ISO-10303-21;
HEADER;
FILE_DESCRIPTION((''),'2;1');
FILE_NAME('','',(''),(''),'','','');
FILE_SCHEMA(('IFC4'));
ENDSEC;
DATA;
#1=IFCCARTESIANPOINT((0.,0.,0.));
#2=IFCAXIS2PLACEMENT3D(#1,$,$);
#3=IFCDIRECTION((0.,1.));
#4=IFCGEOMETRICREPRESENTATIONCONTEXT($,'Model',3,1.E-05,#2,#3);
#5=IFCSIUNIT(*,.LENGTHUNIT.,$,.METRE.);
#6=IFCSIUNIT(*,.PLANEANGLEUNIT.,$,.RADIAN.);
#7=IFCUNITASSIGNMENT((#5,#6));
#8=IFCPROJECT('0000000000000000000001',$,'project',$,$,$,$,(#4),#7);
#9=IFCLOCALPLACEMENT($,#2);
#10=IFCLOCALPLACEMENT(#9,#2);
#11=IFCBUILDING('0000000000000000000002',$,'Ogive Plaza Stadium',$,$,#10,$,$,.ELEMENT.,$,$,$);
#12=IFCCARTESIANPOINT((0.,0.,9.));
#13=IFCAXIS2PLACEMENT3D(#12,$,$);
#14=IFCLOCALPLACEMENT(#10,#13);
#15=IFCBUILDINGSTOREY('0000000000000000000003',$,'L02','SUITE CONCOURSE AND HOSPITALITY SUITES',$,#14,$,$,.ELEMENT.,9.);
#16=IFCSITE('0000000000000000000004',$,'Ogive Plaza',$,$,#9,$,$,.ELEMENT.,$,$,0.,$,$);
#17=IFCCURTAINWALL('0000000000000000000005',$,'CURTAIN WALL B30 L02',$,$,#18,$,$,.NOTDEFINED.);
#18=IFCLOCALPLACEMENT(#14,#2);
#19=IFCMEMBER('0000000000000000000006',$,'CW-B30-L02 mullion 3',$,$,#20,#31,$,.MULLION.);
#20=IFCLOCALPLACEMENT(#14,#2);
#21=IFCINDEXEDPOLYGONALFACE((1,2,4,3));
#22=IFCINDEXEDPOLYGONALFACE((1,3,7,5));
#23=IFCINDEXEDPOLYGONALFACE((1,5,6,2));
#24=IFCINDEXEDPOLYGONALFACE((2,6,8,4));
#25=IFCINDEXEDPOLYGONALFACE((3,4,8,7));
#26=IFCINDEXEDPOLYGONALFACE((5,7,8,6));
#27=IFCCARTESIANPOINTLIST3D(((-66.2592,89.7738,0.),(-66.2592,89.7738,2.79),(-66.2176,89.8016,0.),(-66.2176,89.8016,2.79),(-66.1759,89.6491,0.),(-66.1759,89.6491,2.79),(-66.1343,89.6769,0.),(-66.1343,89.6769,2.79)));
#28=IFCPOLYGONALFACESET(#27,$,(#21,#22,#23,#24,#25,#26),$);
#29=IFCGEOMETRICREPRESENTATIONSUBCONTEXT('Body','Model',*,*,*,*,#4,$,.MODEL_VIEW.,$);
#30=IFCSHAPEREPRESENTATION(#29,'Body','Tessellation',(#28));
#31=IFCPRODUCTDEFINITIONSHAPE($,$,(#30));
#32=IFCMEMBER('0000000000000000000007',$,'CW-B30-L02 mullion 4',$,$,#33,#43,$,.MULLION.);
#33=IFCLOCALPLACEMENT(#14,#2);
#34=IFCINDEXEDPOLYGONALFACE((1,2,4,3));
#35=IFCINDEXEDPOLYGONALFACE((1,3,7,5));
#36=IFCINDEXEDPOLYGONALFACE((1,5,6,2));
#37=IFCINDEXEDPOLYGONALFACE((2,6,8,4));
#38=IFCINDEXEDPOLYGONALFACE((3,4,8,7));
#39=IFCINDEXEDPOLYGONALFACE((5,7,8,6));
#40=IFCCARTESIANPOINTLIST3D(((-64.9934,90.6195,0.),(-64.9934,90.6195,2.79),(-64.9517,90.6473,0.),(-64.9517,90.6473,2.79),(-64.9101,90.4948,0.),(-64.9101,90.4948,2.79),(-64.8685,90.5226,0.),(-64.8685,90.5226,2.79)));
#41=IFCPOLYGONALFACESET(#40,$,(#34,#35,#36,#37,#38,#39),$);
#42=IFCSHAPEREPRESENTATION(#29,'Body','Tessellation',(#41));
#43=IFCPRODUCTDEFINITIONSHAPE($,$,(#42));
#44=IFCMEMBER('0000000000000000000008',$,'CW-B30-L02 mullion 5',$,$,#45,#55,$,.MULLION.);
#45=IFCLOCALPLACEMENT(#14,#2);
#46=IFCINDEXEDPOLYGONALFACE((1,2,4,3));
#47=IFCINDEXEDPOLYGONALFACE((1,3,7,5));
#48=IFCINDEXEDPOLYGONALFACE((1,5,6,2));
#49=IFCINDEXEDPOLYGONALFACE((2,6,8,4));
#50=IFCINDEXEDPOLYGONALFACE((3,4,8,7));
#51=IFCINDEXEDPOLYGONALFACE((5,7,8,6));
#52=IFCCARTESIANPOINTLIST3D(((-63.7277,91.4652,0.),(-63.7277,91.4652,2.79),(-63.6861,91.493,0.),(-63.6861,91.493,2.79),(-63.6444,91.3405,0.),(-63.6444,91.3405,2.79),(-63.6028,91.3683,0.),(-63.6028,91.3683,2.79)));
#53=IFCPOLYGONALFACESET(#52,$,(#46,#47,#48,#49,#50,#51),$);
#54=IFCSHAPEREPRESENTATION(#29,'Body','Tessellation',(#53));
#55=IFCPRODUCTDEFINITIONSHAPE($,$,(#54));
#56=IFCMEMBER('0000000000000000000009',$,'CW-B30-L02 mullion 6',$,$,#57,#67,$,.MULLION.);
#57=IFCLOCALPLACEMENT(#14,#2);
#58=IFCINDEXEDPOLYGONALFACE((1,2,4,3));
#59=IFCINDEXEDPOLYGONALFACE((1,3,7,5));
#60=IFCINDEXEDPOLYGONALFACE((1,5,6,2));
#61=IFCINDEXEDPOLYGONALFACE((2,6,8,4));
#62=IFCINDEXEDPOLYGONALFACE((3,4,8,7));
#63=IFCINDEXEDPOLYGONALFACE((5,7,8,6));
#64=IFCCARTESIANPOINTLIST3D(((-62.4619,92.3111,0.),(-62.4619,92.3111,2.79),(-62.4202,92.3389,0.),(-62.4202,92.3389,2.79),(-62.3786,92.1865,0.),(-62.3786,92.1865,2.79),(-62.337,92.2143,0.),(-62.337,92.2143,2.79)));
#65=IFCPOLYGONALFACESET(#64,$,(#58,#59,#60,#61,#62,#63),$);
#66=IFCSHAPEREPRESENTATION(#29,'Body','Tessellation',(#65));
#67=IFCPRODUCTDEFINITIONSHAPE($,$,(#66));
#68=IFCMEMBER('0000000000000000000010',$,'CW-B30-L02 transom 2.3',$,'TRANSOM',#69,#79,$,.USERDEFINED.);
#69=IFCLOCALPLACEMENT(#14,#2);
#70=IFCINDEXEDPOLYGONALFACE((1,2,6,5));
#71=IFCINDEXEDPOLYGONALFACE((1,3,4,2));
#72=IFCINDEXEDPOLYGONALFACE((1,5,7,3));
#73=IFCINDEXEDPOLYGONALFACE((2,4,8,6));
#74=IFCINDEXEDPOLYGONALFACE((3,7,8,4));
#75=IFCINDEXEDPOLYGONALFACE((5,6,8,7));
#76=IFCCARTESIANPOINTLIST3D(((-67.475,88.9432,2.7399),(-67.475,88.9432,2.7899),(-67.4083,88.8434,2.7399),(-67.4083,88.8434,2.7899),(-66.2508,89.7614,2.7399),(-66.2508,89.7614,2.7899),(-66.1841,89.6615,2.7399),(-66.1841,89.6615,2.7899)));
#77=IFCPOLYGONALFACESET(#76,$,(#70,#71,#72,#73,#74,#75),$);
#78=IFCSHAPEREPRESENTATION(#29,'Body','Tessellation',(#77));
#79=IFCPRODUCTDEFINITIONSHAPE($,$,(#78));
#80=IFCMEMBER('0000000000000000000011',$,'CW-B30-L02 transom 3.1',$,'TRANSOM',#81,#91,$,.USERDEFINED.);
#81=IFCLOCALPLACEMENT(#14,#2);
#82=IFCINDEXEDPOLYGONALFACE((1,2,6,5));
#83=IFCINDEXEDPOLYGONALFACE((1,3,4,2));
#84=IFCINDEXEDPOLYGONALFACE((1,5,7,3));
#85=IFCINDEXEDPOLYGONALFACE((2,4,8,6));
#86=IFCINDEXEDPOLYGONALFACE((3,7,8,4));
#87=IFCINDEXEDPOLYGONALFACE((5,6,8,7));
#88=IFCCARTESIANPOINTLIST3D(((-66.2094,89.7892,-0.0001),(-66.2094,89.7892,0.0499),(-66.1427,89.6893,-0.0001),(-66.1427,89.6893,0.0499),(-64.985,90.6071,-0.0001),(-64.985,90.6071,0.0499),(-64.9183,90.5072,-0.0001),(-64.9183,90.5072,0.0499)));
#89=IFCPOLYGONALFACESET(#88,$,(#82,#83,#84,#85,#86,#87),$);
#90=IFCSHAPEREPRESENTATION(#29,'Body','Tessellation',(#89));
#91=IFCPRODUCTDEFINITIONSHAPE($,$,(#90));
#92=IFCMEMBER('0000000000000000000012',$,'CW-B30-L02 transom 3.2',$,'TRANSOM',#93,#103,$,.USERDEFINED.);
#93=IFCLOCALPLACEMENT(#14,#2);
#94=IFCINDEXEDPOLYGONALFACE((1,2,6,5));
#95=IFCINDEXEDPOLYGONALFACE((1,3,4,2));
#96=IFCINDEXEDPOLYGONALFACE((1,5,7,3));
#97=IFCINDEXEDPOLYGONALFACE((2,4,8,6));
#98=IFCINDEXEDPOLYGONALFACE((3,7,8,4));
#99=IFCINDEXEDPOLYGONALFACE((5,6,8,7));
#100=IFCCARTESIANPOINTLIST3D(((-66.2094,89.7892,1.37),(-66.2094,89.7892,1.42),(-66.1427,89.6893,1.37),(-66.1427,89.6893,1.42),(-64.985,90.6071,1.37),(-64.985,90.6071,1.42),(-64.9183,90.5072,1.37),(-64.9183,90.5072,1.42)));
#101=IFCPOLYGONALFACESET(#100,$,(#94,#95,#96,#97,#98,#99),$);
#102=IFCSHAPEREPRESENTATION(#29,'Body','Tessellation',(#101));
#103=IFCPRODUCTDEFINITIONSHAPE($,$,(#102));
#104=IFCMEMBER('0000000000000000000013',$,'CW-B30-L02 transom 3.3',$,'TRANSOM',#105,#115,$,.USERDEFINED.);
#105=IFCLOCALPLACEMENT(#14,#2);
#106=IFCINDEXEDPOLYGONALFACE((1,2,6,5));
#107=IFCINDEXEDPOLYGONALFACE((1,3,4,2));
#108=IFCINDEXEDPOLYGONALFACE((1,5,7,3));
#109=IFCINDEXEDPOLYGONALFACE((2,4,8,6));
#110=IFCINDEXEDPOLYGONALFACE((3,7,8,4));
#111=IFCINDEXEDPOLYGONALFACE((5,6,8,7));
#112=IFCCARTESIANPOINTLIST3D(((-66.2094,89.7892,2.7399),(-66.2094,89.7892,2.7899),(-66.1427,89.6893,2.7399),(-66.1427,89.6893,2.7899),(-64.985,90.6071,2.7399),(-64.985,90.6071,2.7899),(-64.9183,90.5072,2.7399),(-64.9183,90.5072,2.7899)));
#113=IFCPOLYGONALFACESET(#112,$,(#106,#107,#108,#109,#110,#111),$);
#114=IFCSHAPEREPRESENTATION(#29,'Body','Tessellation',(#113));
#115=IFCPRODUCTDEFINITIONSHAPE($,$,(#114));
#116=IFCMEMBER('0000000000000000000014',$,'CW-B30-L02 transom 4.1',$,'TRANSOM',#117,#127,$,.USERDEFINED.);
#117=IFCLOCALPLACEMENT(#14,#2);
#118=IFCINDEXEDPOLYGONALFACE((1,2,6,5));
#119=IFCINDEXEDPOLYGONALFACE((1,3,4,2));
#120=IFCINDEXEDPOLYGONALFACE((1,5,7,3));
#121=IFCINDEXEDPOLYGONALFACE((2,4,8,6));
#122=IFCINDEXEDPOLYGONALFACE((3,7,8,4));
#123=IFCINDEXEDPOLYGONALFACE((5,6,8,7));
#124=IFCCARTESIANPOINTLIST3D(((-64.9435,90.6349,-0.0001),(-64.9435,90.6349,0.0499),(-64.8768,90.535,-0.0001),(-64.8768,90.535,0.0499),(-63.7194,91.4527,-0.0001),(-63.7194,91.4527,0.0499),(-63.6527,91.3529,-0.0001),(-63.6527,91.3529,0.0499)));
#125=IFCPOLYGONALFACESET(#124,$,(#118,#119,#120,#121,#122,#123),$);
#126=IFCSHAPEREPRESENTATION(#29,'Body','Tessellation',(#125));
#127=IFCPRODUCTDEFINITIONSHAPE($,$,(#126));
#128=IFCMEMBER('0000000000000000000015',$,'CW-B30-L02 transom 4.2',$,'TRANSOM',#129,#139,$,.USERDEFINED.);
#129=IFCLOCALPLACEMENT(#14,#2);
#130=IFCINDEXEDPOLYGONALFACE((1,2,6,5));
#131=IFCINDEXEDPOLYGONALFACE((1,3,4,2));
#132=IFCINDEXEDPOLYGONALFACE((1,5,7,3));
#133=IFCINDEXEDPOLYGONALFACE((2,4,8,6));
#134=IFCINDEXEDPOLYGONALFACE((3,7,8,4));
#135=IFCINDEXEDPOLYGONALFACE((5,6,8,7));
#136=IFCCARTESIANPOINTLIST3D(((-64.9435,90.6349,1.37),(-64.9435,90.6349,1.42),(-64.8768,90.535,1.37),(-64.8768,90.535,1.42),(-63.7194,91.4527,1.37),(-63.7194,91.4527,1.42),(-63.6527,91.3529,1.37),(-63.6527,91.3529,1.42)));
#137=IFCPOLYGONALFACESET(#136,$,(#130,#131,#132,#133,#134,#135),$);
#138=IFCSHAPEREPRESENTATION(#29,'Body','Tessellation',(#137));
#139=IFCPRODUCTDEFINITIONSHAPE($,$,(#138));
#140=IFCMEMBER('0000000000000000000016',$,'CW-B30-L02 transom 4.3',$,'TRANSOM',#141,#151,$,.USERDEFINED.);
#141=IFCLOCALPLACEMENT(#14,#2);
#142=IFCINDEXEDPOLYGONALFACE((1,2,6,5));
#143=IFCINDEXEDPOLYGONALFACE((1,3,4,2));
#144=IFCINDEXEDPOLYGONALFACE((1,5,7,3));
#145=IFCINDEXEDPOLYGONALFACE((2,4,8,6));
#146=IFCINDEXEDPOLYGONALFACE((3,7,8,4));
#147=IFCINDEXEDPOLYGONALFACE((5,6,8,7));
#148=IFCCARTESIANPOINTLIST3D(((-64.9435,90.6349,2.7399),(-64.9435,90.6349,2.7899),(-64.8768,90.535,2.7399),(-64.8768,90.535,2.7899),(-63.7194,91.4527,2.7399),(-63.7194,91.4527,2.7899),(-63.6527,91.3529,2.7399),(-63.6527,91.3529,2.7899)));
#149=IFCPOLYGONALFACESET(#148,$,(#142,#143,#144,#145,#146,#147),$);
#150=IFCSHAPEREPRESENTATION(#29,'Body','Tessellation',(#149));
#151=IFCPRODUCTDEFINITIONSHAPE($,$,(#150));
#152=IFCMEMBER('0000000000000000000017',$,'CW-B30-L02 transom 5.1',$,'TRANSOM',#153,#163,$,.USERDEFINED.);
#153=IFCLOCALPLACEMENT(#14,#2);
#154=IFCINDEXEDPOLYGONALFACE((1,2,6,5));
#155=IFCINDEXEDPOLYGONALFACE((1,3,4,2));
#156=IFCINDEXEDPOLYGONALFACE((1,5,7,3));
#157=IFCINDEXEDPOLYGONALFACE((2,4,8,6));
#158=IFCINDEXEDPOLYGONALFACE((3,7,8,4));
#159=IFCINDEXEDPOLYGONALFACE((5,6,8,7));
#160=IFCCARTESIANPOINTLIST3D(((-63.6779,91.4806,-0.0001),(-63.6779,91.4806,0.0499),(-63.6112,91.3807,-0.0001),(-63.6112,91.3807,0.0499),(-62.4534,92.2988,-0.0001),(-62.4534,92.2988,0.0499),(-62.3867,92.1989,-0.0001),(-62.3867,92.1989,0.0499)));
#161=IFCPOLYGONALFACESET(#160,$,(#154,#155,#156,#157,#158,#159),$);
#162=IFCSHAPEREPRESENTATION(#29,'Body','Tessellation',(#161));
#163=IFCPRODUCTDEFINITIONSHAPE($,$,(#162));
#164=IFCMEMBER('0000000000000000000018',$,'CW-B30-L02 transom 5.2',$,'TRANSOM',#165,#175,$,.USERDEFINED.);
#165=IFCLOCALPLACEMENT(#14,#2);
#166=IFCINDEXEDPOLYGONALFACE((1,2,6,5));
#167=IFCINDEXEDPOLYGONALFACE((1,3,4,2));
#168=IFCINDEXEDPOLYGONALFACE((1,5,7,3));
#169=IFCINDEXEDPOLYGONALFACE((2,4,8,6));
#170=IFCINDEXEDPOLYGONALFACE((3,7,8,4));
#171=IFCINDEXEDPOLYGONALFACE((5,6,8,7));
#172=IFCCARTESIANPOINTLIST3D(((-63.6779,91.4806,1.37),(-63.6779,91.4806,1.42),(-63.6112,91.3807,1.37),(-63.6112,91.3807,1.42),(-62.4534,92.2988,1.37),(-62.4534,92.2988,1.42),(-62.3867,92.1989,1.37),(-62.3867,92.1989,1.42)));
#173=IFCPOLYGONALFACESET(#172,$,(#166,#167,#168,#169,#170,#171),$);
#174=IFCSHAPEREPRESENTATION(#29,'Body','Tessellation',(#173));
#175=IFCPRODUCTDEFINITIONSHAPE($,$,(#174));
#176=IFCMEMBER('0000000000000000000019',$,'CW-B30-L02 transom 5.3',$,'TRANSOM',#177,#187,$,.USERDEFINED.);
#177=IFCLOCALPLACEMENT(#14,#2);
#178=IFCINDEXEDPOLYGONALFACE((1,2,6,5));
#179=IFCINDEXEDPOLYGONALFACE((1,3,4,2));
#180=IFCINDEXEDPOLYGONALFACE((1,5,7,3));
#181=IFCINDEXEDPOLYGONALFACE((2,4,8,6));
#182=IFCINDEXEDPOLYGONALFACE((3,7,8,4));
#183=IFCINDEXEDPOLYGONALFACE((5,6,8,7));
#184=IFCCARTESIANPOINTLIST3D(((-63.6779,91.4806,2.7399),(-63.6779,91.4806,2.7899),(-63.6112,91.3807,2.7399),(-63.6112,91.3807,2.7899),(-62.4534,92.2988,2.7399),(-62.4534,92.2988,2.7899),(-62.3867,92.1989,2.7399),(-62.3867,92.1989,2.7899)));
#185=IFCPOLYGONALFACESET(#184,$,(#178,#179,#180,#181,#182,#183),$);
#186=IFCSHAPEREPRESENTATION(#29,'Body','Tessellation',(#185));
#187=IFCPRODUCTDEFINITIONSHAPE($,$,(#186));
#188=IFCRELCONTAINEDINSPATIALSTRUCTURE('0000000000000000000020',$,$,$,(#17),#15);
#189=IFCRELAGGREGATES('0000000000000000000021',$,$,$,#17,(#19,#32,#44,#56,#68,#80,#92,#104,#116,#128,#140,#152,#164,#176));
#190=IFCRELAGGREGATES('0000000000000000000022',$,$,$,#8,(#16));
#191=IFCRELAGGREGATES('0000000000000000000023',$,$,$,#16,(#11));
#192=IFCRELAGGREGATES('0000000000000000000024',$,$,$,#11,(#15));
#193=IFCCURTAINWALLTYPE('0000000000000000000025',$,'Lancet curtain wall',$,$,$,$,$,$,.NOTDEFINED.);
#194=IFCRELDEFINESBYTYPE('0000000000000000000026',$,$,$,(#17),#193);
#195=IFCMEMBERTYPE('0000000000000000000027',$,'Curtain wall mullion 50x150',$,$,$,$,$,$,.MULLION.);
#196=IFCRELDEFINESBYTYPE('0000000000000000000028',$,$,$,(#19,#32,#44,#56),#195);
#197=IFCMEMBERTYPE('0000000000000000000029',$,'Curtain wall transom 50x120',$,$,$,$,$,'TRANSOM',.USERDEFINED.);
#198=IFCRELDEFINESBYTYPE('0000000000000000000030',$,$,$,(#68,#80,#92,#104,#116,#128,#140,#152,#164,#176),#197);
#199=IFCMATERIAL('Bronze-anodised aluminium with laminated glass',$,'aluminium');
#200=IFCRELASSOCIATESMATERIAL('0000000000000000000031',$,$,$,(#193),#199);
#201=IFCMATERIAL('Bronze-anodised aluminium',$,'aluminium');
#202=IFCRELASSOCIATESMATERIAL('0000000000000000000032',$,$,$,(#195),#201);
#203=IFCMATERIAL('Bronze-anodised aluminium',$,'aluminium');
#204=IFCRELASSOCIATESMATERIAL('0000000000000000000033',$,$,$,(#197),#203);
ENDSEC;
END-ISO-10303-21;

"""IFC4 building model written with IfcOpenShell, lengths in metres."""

from ifc_helpers import new_model, si_unit, direction, frame, origin, origin_2d, place, context, subcontext, project, spatial, rectangle, extrude, material, material_profile, profile_set, type_object, element, aggregate, save


model = new_model("IFC4")

# Units and contexts
model_context = context("Model", 3, precision=1e-05, world=origin(), true_north=direction((0.0, 1.0)))
body_context = subcontext(model_context, "Body", "Model", "MODEL_VIEW")
ifc_project = project(units=[si_unit("LENGTHUNIT", "METRE"), si_unit("PLANEANGLEUNIT", "RADIAN")], contexts=[model_context])

# Site, building, storey
site_placement = place(None, origin())
site = spatial("IfcSite", under=ifc_project, at=site_placement, Name="Ogive Plaza", CompositionType="ELEMENT", RefElevation=0.0)
building_placement = place(site_placement, origin())
building = spatial("IfcBuilding", under=site, at=building_placement, Name="Ogive Plaza Stadium", CompositionType="ELEMENT")
storey_placement = place(building_placement, frame((0.0, 0.0, 9.0)))
storey = spatial("IfcBuildingStorey", under=building, at=storey_placement, Name="L02", Description="SUITE CONCOURSE AND HOSPITALITY SUITES", CompositionType="ELEMENT", Elevation=9.0)

# Curtain wall, members
ifc_material_1 = material(Name="Bronze-anodised aluminium with laminated glass", Category="aluminium")
curtain_wall_type = type_object("IfcCurtainWallType", Name="Lancet curtain wall", PredefinedType="NOTDEFINED", material=ifc_material_1)
curtain_wall_placement = place(storey_placement, origin())
curtain_wall = element("IfcCurtainWall", 1, at=curtain_wall_placement, inside=storey, type_object=curtain_wall_type, Name="CURTAIN WALL B30 L02", PredefinedType="NOTDEFINED")
ifc_material_2 = material(Name="Bronze-anodised aluminium", Category="aluminium")
ifc_material_profile_1 = material_profile(ifc_material_2, rectangle(XDim=0.1499, YDim=0.05, at=origin_2d()), Name="AL 150x50")
ifc_profile_set_1 = profile_set([ifc_material_profile_1], Name="Bronze-anodised aluminium")
member_type_1 = type_object("IfcMemberType", Name="Curtain wall mullion 50x150", PredefinedType="MULLION", material=ifc_profile_set_1)
member_1_placement = place(storey_placement, frame((-66.1968, 89.7253, 0.0), z_axis=(0.0, 0.0, 1.0), x_axis=(-0.55557, 0.83147, 0.0)))
member_1 = element("IfcMember", 2, at=member_1_placement, type_object=member_type_1, Name="CW-B30-L02 mullion 3", PredefinedType="MULLION", context=body_context, shape_type="SweptSolid", body=[
    extrude(rectangle(XDim=0.1499, YDim=0.05, at=origin_2d()), origin(), (0.0, 0.0, 1.0), 2.79),
])
member_2_placement = place(storey_placement, frame((-64.9309, 90.571, 0.0), z_axis=(0.0, 0.0, 1.0), x_axis=(-0.55557, 0.83147, 0.0)))
member_2 = element("IfcMember", 3, at=member_2_placement, type_object=member_type_1, Name="CW-B30-L02 mullion 4", PredefinedType="MULLION", context=body_context, shape_type="SweptSolid", body=[
    extrude(rectangle(XDim=0.1499, YDim=0.05, at=origin_2d()), origin(), (0.0, 0.0, 1.0), 2.79),
])
member_3_placement = place(storey_placement, frame((-63.6653, 91.4167, 0.0), z_axis=(0.0, 0.0, 1.0), x_axis=(-0.55557, 0.83147, 0.0)))
member_3 = element("IfcMember", 4, at=member_3_placement, type_object=member_type_1, Name="CW-B30-L02 mullion 5", PredefinedType="MULLION", context=body_context, shape_type="SweptSolid", body=[
    extrude(rectangle(XDim=0.1499, YDim=0.05, at=origin_2d()), origin(), (0.0, 0.0, 1.0), 2.79),
])
member_4_placement = place(storey_placement, frame((-62.3994, 92.2627, 0.0), z_axis=(0.0, 0.0, 1.0), x_axis=(-0.55557, 0.83147, 0.0)))
member_4 = element("IfcMember", 5, at=member_4_placement, type_object=member_type_1, Name="CW-B30-L02 mullion 6", PredefinedType="MULLION", context=body_context, shape_type="SweptSolid", body=[
    extrude(rectangle(XDim=0.1499, YDim=0.05, at=origin_2d()), origin(), (0.0, 0.0, 1.0), 2.79),
])
ifc_material_3 = material(Name="Bronze-anodised aluminium", Category="aluminium")
ifc_material_profile_2 = material_profile(ifc_material_3, rectangle(XDim=0.1201, YDim=0.05, at=origin_2d()), Name="AL 120x50")
ifc_profile_set_2 = profile_set([ifc_material_profile_2], Name="Bronze-anodised aluminium")
member_type_2 = type_object("IfcMemberType", Name="Curtain wall transom 50x120", ElementType="TRANSOM", PredefinedType="USERDEFINED", material=ifc_profile_set_2)
member_5_placement = place(storey_placement, frame((-67.4417, 88.8933, 2.7649), z_axis=(0.831412, 0.555656, 0.0), x_axis=(-0.555656, 0.831412, 0.0)))
member_5 = element("IfcMember", 6, at=member_5_placement, type_object=member_type_2, Name="CW-B30-L02 transom 2.3", ObjectType="TRANSOM", PredefinedType="USERDEFINED", context=body_context, shape_type="SweptSolid", body=[
    extrude(rectangle(XDim=0.1201, YDim=0.05, at=origin_2d()), origin(), (0.0, 0.0, 1.0), 1.4724),
])
member_6_placement = place(storey_placement, frame((-66.176, 89.7393, 0.0249), z_axis=(0.83154, 0.555465, 0.0), x_axis=(-0.555465, 0.83154, 0.0)))
member_6 = element("IfcMember", 7, at=member_6_placement, type_object=member_type_2, Name="CW-B30-L02 transom 3.1", ObjectType="TRANSOM", PredefinedType="USERDEFINED", context=body_context, shape_type="SweptSolid", body=[
    extrude(rectangle(XDim=0.1201, YDim=0.05, at=origin_2d()), origin(), (0.0, 0.0, 1.0), 1.4724),
])
member_7_placement = place(storey_placement, frame((-66.176, 89.7393, 1.395), z_axis=(0.83154, 0.555465, 0.0), x_axis=(-0.555465, 0.83154, 0.0)))
member_7 = element("IfcMember", 8, at=member_7_placement, type_object=member_type_2, Name="CW-B30-L02 transom 3.2", ObjectType="TRANSOM", PredefinedType="USERDEFINED", context=body_context, shape_type="SweptSolid", body=[
    extrude(rectangle(XDim=0.1201, YDim=0.05, at=origin_2d()), origin(), (0.0, 0.0, 1.0), 1.4724),
])
member_8_placement = place(storey_placement, frame((-66.176, 89.7393, 2.7649), z_axis=(0.83154, 0.555465, 0.0), x_axis=(-0.555465, 0.83154, 0.0)))
member_8 = element("IfcMember", 9, at=member_8_placement, type_object=member_type_2, Name="CW-B30-L02 transom 3.3", ObjectType="TRANSOM", PredefinedType="USERDEFINED", context=body_context, shape_type="SweptSolid", body=[
    extrude(rectangle(XDim=0.1201, YDim=0.05, at=origin_2d()), origin(), (0.0, 0.0, 1.0), 1.4724),
])
member_9_placement = place(storey_placement, frame((-64.9102, 90.585, 0.0249), z_axis=(0.831489, 0.555542, 0.0), x_axis=(-0.555542, 0.831489, 0.0)))
member_9 = element("IfcMember", 10, at=member_9_placement, type_object=member_type_2, Name="CW-B30-L02 transom 4.1", ObjectType="TRANSOM", PredefinedType="USERDEFINED", context=body_context, shape_type="SweptSolid", body=[
    extrude(rectangle(XDim=0.1201, YDim=0.05, at=origin_2d()), origin(), (0.0, 0.0, 1.0), 1.4722),
])
member_10_placement = place(storey_placement, frame((-64.9102, 90.585, 1.395), z_axis=(0.831489, 0.555542, 0.0), x_axis=(-0.555542, 0.831489, 0.0)))
member_10 = element("IfcMember", 11, at=member_10_placement, type_object=member_type_2, Name="CW-B30-L02 transom 4.2", ObjectType="TRANSOM", PredefinedType="USERDEFINED", context=body_context, shape_type="SweptSolid", body=[
    extrude(rectangle(XDim=0.1201, YDim=0.05, at=origin_2d()), origin(), (0.0, 0.0, 1.0), 1.4722),
])
member_11_placement = place(storey_placement, frame((-64.9102, 90.585, 2.7649), z_axis=(0.831489, 0.555542, 0.0), x_axis=(-0.555542, 0.831489, 0.0)))
member_11 = element("IfcMember", 12, at=member_11_placement, type_object=member_type_2, Name="CW-B30-L02 transom 4.3", ObjectType="TRANSOM", PredefinedType="USERDEFINED", context=body_context, shape_type="SweptSolid", body=[
    extrude(rectangle(XDim=0.1201, YDim=0.05, at=origin_2d()), origin(), (0.0, 0.0, 1.0), 1.4722),
])
member_12_placement = place(storey_placement, frame((-63.6445, 91.4307, 0.0249), z_axis=(0.831463, 0.55558, 0.0), x_axis=(-0.55558, 0.831463, 0.0)))
member_12 = element("IfcMember", 13, at=member_12_placement, type_object=member_type_2, Name="CW-B30-L02 transom 5.1", ObjectType="TRANSOM", PredefinedType="USERDEFINED", context=body_context, shape_type="SweptSolid", body=[
    extrude(rectangle(XDim=0.1201, YDim=0.05, at=origin_2d()), origin(), (0.0, 0.0, 1.0), 1.4727),
])
member_13_placement = place(storey_placement, frame((-63.6445, 91.4307, 1.395), z_axis=(0.831463, 0.55558, 0.0), x_axis=(-0.55558, 0.831463, 0.0)))
member_13 = element("IfcMember", 14, at=member_13_placement, type_object=member_type_2, Name="CW-B30-L02 transom 5.2", ObjectType="TRANSOM", PredefinedType="USERDEFINED", context=body_context, shape_type="SweptSolid", body=[
    extrude(rectangle(XDim=0.1201, YDim=0.05, at=origin_2d()), origin(), (0.0, 0.0, 1.0), 1.4727),
])
member_14_placement = place(storey_placement, frame((-63.6445, 91.4307, 2.7649), z_axis=(0.831463, 0.55558, 0.0), x_axis=(-0.55558, 0.831463, 0.0)))
member_14 = element("IfcMember", 15, at=member_14_placement, type_object=member_type_2, Name="CW-B30-L02 transom 5.3", ObjectType="TRANSOM", PredefinedType="USERDEFINED", context=body_context, shape_type="SweptSolid", body=[
    extrude(rectangle(XDim=0.1201, YDim=0.05, at=origin_2d()), origin(), (0.0, 0.0, 1.0), 1.4727),
])
aggregate(curtain_wall, [member_1, member_2, member_3, member_4, member_5, member_6, member_7, member_8, member_9, member_10, member_11, member_12, member_13, member_14])

save(model, "model.ifc")
